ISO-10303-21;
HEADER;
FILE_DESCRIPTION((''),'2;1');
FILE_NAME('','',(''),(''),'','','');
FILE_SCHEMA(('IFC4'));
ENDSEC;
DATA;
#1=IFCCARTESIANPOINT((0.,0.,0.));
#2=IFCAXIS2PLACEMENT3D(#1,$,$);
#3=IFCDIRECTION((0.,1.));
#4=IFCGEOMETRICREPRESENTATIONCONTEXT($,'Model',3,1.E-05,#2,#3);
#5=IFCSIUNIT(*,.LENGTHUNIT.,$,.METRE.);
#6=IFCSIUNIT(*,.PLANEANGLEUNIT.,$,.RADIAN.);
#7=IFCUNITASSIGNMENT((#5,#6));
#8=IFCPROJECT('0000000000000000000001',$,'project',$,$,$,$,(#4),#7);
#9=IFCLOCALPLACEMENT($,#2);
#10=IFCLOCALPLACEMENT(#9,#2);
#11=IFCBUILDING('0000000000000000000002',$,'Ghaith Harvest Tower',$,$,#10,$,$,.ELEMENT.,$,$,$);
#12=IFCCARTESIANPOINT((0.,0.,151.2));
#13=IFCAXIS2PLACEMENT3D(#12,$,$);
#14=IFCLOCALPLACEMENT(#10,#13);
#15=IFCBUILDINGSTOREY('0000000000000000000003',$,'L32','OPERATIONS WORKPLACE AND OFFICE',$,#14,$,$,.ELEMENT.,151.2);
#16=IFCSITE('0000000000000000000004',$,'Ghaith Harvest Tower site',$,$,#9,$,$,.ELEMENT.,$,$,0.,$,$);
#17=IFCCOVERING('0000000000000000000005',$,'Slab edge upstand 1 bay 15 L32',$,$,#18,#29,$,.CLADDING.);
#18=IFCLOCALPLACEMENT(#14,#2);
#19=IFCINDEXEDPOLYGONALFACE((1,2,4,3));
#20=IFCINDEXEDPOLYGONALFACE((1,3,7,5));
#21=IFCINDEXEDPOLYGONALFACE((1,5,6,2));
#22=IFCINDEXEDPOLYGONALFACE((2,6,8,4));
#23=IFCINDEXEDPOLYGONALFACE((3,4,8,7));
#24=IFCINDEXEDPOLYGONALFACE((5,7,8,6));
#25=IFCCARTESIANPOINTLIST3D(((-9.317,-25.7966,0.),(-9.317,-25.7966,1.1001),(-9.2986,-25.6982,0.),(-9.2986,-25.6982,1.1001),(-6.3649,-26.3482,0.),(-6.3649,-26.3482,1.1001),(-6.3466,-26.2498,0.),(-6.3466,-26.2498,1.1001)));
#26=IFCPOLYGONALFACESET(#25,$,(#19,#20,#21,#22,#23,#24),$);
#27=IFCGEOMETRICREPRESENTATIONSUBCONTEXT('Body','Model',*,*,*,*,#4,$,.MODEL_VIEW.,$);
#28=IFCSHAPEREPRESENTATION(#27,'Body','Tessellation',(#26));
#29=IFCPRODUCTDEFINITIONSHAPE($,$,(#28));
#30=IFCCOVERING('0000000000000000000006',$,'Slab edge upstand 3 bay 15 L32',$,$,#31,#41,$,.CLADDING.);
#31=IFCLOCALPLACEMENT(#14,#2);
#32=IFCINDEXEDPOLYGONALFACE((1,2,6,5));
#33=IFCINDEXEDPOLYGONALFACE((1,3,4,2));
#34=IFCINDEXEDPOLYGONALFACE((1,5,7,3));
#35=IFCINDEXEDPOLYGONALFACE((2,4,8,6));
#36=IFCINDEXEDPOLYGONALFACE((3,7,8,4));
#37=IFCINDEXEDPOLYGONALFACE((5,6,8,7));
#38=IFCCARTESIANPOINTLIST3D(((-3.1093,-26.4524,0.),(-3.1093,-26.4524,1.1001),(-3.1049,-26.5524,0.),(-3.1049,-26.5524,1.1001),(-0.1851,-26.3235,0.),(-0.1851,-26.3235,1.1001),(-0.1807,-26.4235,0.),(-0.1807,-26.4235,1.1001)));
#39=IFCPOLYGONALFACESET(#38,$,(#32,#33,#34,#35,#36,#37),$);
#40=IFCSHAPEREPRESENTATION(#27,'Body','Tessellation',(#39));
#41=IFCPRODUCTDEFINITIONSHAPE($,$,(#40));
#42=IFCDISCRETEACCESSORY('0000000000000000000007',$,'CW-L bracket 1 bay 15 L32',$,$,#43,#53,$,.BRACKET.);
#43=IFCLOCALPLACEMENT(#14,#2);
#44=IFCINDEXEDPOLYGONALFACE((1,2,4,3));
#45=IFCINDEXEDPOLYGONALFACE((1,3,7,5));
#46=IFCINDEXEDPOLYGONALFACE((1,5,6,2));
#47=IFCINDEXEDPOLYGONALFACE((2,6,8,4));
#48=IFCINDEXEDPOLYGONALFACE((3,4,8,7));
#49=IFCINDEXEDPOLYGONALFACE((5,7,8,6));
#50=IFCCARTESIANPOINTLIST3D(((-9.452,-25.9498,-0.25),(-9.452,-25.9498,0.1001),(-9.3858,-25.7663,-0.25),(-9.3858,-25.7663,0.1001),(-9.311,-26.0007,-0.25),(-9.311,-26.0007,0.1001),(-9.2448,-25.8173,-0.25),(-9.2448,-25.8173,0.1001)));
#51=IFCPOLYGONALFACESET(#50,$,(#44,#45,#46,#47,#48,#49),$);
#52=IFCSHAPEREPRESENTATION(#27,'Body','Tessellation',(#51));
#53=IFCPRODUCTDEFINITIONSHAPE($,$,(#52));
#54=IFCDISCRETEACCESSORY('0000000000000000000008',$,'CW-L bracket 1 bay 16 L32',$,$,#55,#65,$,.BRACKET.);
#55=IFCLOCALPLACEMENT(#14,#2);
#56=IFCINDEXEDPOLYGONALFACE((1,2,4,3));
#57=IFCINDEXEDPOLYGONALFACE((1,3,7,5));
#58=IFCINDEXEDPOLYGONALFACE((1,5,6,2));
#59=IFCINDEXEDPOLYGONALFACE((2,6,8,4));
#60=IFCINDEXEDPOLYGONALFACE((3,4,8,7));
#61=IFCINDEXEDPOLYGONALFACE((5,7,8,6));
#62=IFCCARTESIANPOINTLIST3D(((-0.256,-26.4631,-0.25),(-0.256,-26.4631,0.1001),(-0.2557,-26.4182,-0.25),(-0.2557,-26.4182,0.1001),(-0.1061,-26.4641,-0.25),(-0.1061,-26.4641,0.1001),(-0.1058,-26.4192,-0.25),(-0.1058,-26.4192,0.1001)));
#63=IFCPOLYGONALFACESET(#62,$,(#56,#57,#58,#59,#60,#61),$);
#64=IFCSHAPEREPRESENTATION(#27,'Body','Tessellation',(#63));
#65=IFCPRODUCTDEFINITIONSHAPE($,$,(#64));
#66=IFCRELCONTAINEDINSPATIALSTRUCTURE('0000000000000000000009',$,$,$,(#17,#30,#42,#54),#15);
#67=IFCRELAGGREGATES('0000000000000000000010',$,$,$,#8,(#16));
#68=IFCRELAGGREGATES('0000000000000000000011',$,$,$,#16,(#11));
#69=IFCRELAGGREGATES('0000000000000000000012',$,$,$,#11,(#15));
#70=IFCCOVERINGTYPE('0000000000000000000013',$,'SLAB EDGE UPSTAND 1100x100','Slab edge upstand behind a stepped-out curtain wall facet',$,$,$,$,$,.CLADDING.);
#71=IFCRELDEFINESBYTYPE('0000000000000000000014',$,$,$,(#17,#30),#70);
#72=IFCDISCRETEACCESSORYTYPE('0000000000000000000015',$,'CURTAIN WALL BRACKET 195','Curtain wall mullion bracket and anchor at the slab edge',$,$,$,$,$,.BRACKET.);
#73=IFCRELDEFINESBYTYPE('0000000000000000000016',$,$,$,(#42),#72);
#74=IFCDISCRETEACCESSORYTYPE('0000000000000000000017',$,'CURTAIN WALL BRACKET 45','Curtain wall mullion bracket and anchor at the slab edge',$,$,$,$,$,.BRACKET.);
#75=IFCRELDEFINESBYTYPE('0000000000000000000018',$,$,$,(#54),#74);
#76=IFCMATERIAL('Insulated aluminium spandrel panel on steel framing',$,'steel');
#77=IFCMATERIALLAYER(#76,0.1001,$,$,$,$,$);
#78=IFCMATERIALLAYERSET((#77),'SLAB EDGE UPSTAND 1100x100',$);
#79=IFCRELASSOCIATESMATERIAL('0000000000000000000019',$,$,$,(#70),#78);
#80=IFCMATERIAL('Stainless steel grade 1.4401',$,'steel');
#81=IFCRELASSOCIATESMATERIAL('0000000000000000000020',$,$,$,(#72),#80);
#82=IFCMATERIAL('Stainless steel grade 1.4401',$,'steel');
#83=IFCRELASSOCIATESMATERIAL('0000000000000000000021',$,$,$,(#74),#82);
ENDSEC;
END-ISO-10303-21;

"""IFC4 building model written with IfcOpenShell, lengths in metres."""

from ifc_helpers import new_model, si_unit, direction, frame, origin, origin_2d, place, context, subcontext, project, spatial, rectangle, extrude, material, layer, layer_set, type_object, element, save


model = new_model("IFC4")

# Units and contexts
model_context = context("Model", 3, precision=1e-05, world=origin(), true_north=direction((0.0, 1.0)))
body_context = subcontext(model_context, "Body", "Model", "MODEL_VIEW")
ifc_project = project(units=[si_unit("LENGTHUNIT", "METRE"), si_unit("PLANEANGLEUNIT", "RADIAN")], contexts=[model_context])

# Site, building, storey
site_placement = place(None, origin())
site = spatial("IfcSite", under=ifc_project, at=site_placement, Name="Ghaith Harvest Tower site", CompositionType="ELEMENT", RefElevation=0.0)
building_placement = place(site_placement, origin())
building = spatial("IfcBuilding", under=site, at=building_placement, Name="Ghaith Harvest Tower", CompositionType="ELEMENT")
storey_placement = place(building_placement, frame((0.0, 0.0, 151.2)))
storey = spatial("IfcBuildingStorey", under=building, at=storey_placement, Name="L32", Description="OPERATIONS WORKPLACE AND OFFICE", CompositionType="ELEMENT", Elevation=151.2)

# Coverings
ifc_material_1 = material(Name="Insulated aluminium spandrel panel on steel framing", Category="steel")
ifc_layer_1 = layer(ifc_material_1, 0.1001)
ifc_layer_set_1 = layer_set([ifc_layer_1], Name="SLAB EDGE UPSTAND 1100x100")
covering_type = type_object("IfcCoveringType", Name="SLAB EDGE UPSTAND 1100x100", Description="Slab edge upstand behind a stepped-out curtain wall facet", PredefinedType="CLADDING", material=ifc_layer_set_1)
covering_1_placement = place(storey_placement, frame((-7.8318, -26.0232, 0.0), z_axis=(0.0, 0.0, 1.0), x_axis=(0.98299, -0.183659, 0.0)))
element("IfcCovering", 1, at=covering_1_placement, inside=storey, type_object=covering_type, Name="Slab edge upstand 1 bay 15 L32", PredefinedType="CLADDING", context=body_context, shape_type="SweptSolid", body=[
    extrude(rectangle(XDim=3.0032, YDim=0.1001, at=origin_2d()), origin(), (0.0, 0.0, 1.0), 1.1001),
])
covering_2_placement = place(storey_placement, frame((-1.645, -26.438, 0.0), z_axis=(0.0, 0.0, 1.0), x_axis=(0.99903, 0.044045, 0.0)))
element("IfcCovering", 2, at=covering_2_placement, inside=storey, type_object=covering_type, Name="Slab edge upstand 3 bay 15 L32", PredefinedType="CLADDING", context=body_context, shape_type="SweptSolid", body=[
    extrude(rectangle(XDim=2.927, YDim=0.1001, at=origin_2d()), origin(), (0.0, 0.0, 1.0), 1.1001),
])

# Discrete accessories
ifc_material_2 = material(Name="Stainless steel grade 1.4401", Category="steel")
discrete_accessory_type_1 = type_object("IfcDiscreteAccessoryType", Name="CURTAIN WALL BRACKET 195", Description="Curtain wall mullion bracket and anchor at the slab edge", PredefinedType="BRACKET", material=ifc_material_2)
discrete_accessory_1_placement = place(storey_placement, frame((-9.3484, -25.8835, -0.25), z_axis=(0.0, 0.0, 1.0), x_axis=(-0.339699, -0.940534, 0.0)))
element("IfcDiscreteAccessory", 3, at=discrete_accessory_1_placement, inside=storey, type_object=discrete_accessory_type_1, Name="CW-L bracket 1 bay 15 L32", PredefinedType="BRACKET", context=body_context, shape_type="SweptSolid", body=[
    extrude(rectangle(XDim=0.1951, YDim=0.1499, at=origin_2d()), origin(), (0.0, 0.0, 1.0), 0.3501),
])
ifc_material_3 = material(Name="Stainless steel grade 1.4401", Category="steel")
discrete_accessory_type_2 = type_object("IfcDiscreteAccessoryType", Name="CURTAIN WALL BRACKET 45", Description="Curtain wall mullion bracket and anchor at the slab edge", PredefinedType="BRACKET", material=ifc_material_3)
discrete_accessory_2_placement = place(storey_placement, frame((-0.1809, -26.4412, -0.25), z_axis=(0.0, 0.0, 1.0), x_axis=(-0.006844, -0.999977, 0.0)))
element("IfcDiscreteAccessory", 4, at=discrete_accessory_2_placement, inside=storey, type_object=discrete_accessory_type_2, Name="CW-L bracket 1 bay 16 L32", PredefinedType="BRACKET", context=body_context, shape_type="SweptSolid", body=[
    extrude(rectangle(XDim=0.0449, YDim=0.1499, at=origin_2d()), origin(), (0.0, 0.0, 1.0), 0.3501),
])

save(model, "model.ifc")
